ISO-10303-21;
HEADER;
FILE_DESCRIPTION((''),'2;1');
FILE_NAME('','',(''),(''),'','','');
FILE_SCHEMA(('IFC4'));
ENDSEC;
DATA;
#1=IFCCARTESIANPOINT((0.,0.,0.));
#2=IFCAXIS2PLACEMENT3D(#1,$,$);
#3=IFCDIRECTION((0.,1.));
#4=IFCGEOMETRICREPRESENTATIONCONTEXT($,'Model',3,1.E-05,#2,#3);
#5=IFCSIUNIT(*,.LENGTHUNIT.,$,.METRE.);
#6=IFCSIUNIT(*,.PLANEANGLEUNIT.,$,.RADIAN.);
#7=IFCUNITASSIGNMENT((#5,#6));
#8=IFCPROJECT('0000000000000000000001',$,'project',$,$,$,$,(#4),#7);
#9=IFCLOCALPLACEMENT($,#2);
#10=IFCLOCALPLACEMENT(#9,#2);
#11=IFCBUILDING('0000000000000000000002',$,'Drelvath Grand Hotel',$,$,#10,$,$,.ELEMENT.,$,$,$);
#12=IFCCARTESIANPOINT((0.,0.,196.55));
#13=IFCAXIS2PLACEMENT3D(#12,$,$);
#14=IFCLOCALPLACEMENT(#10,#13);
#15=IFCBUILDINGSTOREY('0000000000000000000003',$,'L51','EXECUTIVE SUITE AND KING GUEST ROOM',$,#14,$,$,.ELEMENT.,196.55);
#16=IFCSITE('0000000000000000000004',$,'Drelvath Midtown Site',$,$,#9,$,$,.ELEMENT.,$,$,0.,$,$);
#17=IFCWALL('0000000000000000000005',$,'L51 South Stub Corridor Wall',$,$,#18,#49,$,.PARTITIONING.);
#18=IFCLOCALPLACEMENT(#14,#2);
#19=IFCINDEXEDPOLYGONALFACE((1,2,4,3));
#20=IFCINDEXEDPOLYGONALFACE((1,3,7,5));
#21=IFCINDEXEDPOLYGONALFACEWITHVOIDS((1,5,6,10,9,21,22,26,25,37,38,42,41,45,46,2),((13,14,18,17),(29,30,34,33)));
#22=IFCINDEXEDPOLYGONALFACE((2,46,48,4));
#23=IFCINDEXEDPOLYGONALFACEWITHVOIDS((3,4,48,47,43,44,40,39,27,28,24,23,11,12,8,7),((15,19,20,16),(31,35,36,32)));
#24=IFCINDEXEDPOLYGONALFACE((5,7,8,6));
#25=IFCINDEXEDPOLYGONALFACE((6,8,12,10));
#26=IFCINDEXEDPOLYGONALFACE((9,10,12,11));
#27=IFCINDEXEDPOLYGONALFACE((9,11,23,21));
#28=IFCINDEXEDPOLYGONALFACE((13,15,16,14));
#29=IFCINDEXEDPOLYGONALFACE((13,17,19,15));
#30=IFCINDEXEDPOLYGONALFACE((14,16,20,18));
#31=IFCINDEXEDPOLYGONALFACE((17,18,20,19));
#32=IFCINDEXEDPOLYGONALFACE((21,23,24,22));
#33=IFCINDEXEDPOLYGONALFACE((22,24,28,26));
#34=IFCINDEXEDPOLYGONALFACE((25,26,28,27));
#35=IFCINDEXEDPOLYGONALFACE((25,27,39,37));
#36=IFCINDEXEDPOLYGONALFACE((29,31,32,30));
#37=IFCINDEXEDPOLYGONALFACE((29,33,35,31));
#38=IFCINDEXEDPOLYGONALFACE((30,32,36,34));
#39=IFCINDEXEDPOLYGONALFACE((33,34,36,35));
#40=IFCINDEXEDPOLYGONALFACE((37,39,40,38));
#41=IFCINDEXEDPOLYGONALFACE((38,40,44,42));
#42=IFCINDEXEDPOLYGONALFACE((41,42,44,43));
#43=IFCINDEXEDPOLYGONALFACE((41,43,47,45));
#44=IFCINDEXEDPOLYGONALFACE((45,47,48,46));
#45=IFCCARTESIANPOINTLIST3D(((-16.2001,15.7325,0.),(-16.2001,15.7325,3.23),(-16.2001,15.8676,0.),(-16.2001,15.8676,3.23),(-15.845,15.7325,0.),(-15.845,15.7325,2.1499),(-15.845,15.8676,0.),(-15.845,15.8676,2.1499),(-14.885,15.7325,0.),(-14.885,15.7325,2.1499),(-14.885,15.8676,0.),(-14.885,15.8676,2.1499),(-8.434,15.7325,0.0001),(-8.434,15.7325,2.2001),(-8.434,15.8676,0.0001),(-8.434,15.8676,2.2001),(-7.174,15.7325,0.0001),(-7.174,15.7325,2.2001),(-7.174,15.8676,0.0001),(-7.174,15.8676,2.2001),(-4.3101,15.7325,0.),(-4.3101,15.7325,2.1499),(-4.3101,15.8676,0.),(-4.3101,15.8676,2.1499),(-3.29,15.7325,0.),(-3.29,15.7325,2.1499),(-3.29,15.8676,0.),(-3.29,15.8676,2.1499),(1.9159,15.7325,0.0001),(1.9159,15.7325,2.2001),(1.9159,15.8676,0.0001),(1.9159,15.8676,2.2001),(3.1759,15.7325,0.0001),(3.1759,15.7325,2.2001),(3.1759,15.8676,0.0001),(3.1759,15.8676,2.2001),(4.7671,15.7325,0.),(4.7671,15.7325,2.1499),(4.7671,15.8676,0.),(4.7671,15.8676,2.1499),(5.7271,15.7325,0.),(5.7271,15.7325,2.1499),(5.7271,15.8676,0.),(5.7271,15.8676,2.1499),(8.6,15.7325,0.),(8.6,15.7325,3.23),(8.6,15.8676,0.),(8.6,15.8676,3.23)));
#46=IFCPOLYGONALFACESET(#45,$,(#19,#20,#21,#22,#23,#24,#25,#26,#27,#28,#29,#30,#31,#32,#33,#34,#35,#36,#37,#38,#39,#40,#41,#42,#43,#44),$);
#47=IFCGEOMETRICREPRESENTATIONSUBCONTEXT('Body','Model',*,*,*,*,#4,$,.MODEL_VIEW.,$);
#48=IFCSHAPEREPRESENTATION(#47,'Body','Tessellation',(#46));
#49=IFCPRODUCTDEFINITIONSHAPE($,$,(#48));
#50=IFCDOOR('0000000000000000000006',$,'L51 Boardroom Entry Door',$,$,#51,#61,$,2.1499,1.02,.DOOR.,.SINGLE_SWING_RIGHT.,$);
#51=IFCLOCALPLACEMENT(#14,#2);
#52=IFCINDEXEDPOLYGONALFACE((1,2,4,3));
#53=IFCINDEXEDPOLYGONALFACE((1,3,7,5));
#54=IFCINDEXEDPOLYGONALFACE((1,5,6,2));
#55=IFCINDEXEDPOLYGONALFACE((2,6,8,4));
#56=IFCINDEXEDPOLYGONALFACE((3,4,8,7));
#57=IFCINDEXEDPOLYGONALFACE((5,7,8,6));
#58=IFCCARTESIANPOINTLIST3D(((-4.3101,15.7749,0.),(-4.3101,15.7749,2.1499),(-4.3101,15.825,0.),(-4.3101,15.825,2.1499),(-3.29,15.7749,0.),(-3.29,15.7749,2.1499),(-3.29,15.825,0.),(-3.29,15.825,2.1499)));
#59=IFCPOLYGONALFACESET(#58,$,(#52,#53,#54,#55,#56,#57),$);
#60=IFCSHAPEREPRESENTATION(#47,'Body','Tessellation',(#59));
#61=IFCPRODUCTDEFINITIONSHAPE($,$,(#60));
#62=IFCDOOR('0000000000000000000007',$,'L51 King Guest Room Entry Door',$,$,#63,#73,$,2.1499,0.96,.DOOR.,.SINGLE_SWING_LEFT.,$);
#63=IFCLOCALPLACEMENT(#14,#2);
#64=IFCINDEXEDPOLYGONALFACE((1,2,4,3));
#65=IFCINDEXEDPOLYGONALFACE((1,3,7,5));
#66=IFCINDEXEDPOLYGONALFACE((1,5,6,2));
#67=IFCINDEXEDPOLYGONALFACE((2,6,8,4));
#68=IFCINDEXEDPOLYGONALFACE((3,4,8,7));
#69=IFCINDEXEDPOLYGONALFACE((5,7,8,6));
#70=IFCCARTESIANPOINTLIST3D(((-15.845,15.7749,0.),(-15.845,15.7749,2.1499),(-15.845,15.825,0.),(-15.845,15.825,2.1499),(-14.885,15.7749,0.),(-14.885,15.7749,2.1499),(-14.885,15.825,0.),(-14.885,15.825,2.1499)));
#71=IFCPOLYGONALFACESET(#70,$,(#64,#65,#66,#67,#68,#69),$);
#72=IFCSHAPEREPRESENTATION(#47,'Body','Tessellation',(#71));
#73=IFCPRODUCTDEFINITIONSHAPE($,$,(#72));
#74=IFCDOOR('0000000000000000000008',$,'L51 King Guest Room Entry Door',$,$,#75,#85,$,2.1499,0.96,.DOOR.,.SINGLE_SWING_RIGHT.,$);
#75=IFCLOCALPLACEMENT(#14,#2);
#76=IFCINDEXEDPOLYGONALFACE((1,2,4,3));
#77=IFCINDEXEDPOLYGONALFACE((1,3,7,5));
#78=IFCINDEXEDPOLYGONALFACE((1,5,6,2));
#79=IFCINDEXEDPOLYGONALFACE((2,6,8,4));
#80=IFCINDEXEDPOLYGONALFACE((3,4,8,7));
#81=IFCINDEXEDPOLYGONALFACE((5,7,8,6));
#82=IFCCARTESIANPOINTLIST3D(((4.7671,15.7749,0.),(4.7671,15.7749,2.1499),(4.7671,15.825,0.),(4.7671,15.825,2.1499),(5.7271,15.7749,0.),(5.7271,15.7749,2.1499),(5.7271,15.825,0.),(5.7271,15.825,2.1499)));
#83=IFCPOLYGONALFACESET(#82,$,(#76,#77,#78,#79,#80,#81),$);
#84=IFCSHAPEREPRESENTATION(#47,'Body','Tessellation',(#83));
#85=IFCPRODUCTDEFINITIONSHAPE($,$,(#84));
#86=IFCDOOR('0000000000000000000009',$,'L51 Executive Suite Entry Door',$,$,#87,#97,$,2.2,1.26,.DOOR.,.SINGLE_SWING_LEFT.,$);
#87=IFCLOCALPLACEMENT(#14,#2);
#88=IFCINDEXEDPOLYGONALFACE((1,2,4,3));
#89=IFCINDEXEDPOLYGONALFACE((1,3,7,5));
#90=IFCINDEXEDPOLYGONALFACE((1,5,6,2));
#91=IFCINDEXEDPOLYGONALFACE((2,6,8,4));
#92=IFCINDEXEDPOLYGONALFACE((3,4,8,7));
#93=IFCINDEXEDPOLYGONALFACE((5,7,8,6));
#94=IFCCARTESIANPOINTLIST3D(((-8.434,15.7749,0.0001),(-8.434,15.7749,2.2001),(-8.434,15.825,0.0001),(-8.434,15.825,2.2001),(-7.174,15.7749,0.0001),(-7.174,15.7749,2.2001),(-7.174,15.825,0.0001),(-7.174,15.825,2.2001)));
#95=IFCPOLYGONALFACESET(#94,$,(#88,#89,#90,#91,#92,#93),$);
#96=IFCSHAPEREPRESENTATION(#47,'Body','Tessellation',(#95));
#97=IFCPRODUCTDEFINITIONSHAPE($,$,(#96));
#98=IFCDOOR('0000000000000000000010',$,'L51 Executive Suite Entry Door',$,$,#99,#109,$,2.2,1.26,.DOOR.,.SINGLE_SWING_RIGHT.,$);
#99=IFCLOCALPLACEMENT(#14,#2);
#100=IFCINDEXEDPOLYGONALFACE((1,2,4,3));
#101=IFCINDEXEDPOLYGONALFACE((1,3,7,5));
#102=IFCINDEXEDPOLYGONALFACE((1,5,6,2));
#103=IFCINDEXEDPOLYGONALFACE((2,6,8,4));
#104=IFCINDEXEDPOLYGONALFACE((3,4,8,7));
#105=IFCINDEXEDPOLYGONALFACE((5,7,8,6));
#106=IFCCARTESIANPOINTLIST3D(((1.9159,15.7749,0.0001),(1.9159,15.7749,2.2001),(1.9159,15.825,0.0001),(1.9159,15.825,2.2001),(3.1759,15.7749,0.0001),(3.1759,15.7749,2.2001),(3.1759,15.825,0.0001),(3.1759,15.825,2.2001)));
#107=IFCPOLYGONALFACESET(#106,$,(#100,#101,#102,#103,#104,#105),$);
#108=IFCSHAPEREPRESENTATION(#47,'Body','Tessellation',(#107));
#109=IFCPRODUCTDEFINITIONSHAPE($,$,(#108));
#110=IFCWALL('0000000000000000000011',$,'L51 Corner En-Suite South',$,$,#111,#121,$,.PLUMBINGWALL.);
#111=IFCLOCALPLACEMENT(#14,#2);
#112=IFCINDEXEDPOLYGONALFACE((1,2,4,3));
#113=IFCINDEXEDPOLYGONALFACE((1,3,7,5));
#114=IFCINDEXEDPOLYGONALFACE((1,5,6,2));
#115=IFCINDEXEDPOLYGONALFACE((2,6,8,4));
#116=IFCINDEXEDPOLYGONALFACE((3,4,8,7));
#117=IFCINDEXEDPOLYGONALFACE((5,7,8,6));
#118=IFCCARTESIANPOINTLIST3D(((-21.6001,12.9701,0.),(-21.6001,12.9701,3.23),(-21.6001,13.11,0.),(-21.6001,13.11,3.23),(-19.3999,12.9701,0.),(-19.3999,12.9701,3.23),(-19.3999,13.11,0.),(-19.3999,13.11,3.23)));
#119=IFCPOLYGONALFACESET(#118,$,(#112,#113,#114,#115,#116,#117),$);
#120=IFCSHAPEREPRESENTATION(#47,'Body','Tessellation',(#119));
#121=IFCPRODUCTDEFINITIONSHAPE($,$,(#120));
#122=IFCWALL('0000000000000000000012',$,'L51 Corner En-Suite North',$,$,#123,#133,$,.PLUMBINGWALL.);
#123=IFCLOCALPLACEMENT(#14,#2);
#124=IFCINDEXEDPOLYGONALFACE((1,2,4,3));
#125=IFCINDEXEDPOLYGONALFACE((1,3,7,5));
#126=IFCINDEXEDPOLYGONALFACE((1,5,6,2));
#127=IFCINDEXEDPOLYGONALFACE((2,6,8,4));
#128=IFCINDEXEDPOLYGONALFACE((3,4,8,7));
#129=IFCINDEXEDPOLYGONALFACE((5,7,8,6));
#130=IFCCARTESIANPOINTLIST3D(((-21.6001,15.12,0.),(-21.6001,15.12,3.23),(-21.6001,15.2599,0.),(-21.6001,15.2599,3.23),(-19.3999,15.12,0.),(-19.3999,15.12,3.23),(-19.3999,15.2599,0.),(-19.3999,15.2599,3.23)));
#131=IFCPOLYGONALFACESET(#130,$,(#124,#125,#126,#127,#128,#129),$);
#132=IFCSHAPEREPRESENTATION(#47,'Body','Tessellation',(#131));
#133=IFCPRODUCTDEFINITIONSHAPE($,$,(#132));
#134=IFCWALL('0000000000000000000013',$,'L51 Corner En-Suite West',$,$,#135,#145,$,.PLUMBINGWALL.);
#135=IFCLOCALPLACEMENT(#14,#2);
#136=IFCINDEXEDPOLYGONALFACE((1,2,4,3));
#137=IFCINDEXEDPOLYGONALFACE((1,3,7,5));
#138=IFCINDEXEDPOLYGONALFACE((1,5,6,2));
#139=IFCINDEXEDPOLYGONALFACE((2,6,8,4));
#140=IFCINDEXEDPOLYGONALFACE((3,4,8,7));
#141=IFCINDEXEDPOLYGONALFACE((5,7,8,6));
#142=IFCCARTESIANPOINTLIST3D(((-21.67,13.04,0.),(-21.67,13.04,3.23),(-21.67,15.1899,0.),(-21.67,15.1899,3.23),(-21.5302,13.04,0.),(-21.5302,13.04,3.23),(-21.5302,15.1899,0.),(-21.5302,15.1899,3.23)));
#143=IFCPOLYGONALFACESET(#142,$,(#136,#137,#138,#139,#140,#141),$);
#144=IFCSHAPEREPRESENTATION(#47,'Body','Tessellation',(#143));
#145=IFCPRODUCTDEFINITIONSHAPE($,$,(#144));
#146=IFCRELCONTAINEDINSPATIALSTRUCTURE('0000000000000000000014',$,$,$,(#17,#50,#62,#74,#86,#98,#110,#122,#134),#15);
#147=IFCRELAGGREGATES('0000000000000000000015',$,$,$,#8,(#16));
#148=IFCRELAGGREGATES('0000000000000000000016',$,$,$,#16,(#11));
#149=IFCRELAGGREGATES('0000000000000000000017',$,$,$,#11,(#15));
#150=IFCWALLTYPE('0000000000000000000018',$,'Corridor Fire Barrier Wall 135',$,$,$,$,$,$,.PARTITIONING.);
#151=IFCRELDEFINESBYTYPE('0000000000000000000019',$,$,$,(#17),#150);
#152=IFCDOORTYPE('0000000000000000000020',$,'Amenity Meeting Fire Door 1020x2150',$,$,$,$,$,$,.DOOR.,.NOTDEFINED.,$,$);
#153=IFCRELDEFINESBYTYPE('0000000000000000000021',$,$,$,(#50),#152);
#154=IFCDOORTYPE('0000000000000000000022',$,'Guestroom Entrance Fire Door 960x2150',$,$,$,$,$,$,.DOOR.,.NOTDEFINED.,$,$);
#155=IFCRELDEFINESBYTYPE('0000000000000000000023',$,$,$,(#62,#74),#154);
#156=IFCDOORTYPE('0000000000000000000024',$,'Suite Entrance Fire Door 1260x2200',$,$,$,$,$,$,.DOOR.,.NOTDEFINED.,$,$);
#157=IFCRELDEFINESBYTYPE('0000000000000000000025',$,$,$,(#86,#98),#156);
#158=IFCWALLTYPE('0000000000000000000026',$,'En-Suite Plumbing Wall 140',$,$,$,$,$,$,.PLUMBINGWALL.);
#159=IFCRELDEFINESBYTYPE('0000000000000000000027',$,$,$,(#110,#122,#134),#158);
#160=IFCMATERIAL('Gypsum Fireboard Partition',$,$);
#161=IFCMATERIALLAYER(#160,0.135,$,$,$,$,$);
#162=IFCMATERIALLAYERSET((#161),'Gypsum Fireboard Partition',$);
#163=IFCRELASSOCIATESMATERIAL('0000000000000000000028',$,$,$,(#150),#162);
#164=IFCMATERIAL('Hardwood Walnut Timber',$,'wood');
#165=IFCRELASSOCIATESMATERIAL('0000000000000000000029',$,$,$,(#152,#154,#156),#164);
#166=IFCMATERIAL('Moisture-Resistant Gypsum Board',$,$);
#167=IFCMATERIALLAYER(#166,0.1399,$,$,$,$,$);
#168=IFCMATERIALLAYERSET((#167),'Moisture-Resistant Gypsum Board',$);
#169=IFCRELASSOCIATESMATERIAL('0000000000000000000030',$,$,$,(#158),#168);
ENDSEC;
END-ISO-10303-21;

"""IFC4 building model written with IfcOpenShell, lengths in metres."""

from ifc_helpers import new_model, si_unit, direction, frame, frame_2d, origin, place, context, subcontext, project, spatial, rectangle, extrude, material, layer, layer_set, type_object, element, fill, save


model = new_model("IFC4")

# Units and contexts
model_context = context("Model", 3, precision=1e-05, world=origin(), true_north=direction((0.0, 1.0)))
body_context = subcontext(model_context, "Body", "Model", "MODEL_VIEW")
ifc_project = project(units=[si_unit("LENGTHUNIT", "METRE"), si_unit("PLANEANGLEUNIT", "RADIAN")], contexts=[model_context])

# Site, building, storey
site_placement = place(None, origin())
site = spatial("IfcSite", under=ifc_project, at=site_placement, Name="Drelvath Midtown Site", CompositionType="ELEMENT", RefElevation=0.0)
building_placement = place(site_placement, origin())
building = spatial("IfcBuilding", under=site, at=building_placement, Name="Drelvath Grand Hotel", CompositionType="ELEMENT")
storey_placement = place(building_placement, frame((0.0, 0.0, 196.55)))
storey = spatial("IfcBuildingStorey", under=building, at=storey_placement, Name="L51", Description="EXECUTIVE SUITE AND KING GUEST ROOM", CompositionType="ELEMENT", Elevation=196.55)

# Wall, openings, doors
ifc_material_1 = material(Name="Gypsum Fireboard Partition")
ifc_layer_1 = layer(ifc_material_1, 0.135)
ifc_layer_set_1 = layer_set([ifc_layer_1], Name="Gypsum Fireboard Partition")
wall_type_1 = type_object("IfcWallType", Name="Corridor Fire Barrier Wall 135", PredefinedType="PARTITIONING", material=ifc_layer_set_1)
wall_1_placement = place(storey_placement, frame((-16.2, 15.8, 0.0), z_axis=(0.0, 0.0, 1.0), x_axis=(1.0, 0.0, 0.0)))
wall_1 = element("IfcWall", 1, at=wall_1_placement, inside=storey, type_object=wall_type_1, Name="L51 South Stub Corridor Wall", PredefinedType="PARTITIONING", context=body_context, shape_type="SweptSolid", body=[
    extrude(rectangle(XDim=24.8, YDim=0.135, at=frame_2d((12.3999, 0.0))), origin(), (0.0, 0.0, 1.0), 3.23),
])
opening_1_placement = place(wall_1_placement, frame((0.355, 0.0, 0.0)))
opening_1 = element("IfcOpeningElement", 2, at=opening_1_placement, cuts=wall_1, PredefinedType="OPENING", context=body_context, shape_type="SweptSolid", body=[
    extrude(rectangle(XDim=0.96, YDim=2.1499, at=frame_2d((0.48, 1.075))), frame((0.0, 0.0774, 0.0), z_axis=(0.0, -1.0, 0.0), x_axis=(1.0, 0.0, 0.0)), (0.0, 0.0, 1.0), 0.155),
])
opening_2_placement = place(wall_1_placement, frame((7.7661, 0.0, 0.0)))
opening_2 = element("IfcOpeningElement", 3, at=opening_2_placement, cuts=wall_1, PredefinedType="OPENING", context=body_context, shape_type="SweptSolid", body=[
    extrude(rectangle(XDim=1.26, YDim=2.2, at=frame_2d((0.6299, 1.1001))), frame((0.0, 0.0774, 0.0), z_axis=(0.0, -1.0, 0.0), x_axis=(1.0, 0.0, 0.0)), (0.0, 0.0, 1.0), 0.155),
])
opening_3_placement = place(wall_1_placement, frame((11.8899, 0.0, 0.0)))
opening_3 = element("IfcOpeningElement", 4, at=opening_3_placement, cuts=wall_1, PredefinedType="OPENING", context=body_context, shape_type="SweptSolid", body=[
    extrude(rectangle(XDim=1.02, YDim=2.1499, at=frame_2d((0.51, 1.075))), frame((0.0, 0.0774, 0.0), z_axis=(0.0, -1.0, 0.0), x_axis=(1.0, 0.0, 0.0)), (0.0, 0.0, 1.0), 0.155),
])
opening_4_placement = place(wall_1_placement, frame((18.116, 0.0, 0.0)))
opening_4 = element("IfcOpeningElement", 5, at=opening_4_placement, cuts=wall_1, PredefinedType="OPENING", context=body_context, shape_type="SweptSolid", body=[
    extrude(rectangle(XDim=1.26, YDim=2.2, at=frame_2d((0.6299, 1.1001))), frame((0.0, 0.0774, 0.0), z_axis=(0.0, -1.0, 0.0), x_axis=(1.0, 0.0, 0.0)), (0.0, 0.0, 1.0), 0.155),
])
opening_5_placement = place(wall_1_placement, frame((20.967, 0.0, 0.0)))
opening_5 = element("IfcOpeningElement", 6, at=opening_5_placement, cuts=wall_1, PredefinedType="OPENING", context=body_context, shape_type="SweptSolid", body=[
    extrude(rectangle(XDim=0.96, YDim=2.1499, at=frame_2d((0.48, 1.075))), frame((0.0, 0.0774, 0.0), z_axis=(0.0, -1.0, 0.0), x_axis=(1.0, 0.0, 0.0)), (0.0, 0.0, 1.0), 0.155),
])
ifc_material_2 = material(Name="Hardwood Walnut Timber", Category="wood")
door_type_1 = type_object("IfcDoorType", Name="Amenity Meeting Fire Door 1020x2150", OperationType="NOTDEFINED", PredefinedType="DOOR", material=ifc_material_2)
door_1_placement = place(opening_3_placement, origin())
door_1 = element("IfcDoor", 7, at=door_1_placement, inside=storey, type_object=door_type_1, Name="L51 Boardroom Entry Door", OperationType="SINGLE_SWING_RIGHT", OverallHeight=2.1499, OverallWidth=1.02, PredefinedType="DOOR", context=body_context, shape_type="SweptSolid", body=[
    extrude(rectangle(XDim=1.02, YDim=2.1499, at=frame_2d((0.51, 1.075))), frame((0.0, 0.0249, 0.0), z_axis=(0.0, -1.0, 0.0), x_axis=(1.0, 0.0, 0.0)), (0.0, 0.0, 1.0), 0.05),
])
fill(opening_3, door_1)
door_type_2 = type_object("IfcDoorType", Name="Guestroom Entrance Fire Door 960x2150", OperationType="NOTDEFINED", PredefinedType="DOOR", material=ifc_material_2)
door_2_placement = place(opening_1_placement, origin())
door_2 = element("IfcDoor", 8, at=door_2_placement, inside=storey, type_object=door_type_2, Name="L51 King Guest Room Entry Door", OperationType="SINGLE_SWING_LEFT", OverallHeight=2.1499, OverallWidth=0.96, PredefinedType="DOOR", context=body_context, shape_type="SweptSolid", body=[
    extrude(rectangle(XDim=0.96, YDim=2.1499, at=frame_2d((0.48, 1.075))), frame((0.0, 0.0249, 0.0), z_axis=(0.0, -1.0, 0.0), x_axis=(1.0, 0.0, 0.0)), (0.0, 0.0, 1.0), 0.05),
])
fill(opening_1, door_2)
door_3_placement = place(opening_5_placement, origin())
door_3 = element("IfcDoor", 9, at=door_3_placement, inside=storey, type_object=door_type_2, Name="L51 King Guest Room Entry Door", OperationType="SINGLE_SWING_RIGHT", OverallHeight=2.1499, OverallWidth=0.96, PredefinedType="DOOR", context=body_context, shape_type="SweptSolid", body=[
    extrude(rectangle(XDim=0.96, YDim=2.1499, at=frame_2d((0.48, 1.075))), frame((0.0, 0.0249, 0.0), z_axis=(0.0, -1.0, 0.0), x_axis=(1.0, 0.0, 0.0)), (0.0, 0.0, 1.0), 0.05),
])
fill(opening_5, door_3)
door_type_3 = type_object("IfcDoorType", Name="Suite Entrance Fire Door 1260x2200", OperationType="NOTDEFINED", PredefinedType="DOOR", material=ifc_material_2)
door_4_placement = place(opening_2_placement, origin())
door_4 = element("IfcDoor", 10, at=door_4_placement, inside=storey, type_object=door_type_3, Name="L51 Executive Suite Entry Door", OperationType="SINGLE_SWING_LEFT", OverallHeight=2.2, OverallWidth=1.26, PredefinedType="DOOR", context=body_context, shape_type="SweptSolid", body=[
    extrude(rectangle(XDim=1.26, YDim=2.2, at=frame_2d((0.6299, 1.1001))), frame((0.0, 0.0249, 0.0), z_axis=(0.0, -1.0, 0.0), x_axis=(1.0, 0.0, 0.0)), (0.0, 0.0, 1.0), 0.05),
])
fill(opening_2, door_4)
door_5_placement = place(opening_4_placement, origin())
door_5 = element("IfcDoor", 11, at=door_5_placement, inside=storey, type_object=door_type_3, Name="L51 Executive Suite Entry Door", OperationType="SINGLE_SWING_RIGHT", OverallHeight=2.2, OverallWidth=1.26, PredefinedType="DOOR", context=body_context, shape_type="SweptSolid", body=[
    extrude(rectangle(XDim=1.26, YDim=2.2, at=frame_2d((0.6299, 1.1001))), frame((0.0, 0.0249, 0.0), z_axis=(0.0, -1.0, 0.0), x_axis=(1.0, 0.0, 0.0)), (0.0, 0.0, 1.0), 0.05),
])
fill(opening_4, door_5)

# Walls
ifc_material_3 = material(Name="Moisture-Resistant Gypsum Board")
ifc_layer_2 = layer(ifc_material_3, 0.1399)
ifc_layer_set_2 = layer_set([ifc_layer_2], Name="Moisture-Resistant Gypsum Board")
wall_type_2 = type_object("IfcWallType", Name="En-Suite Plumbing Wall 140", PredefinedType="PLUMBINGWALL", material=ifc_layer_set_2)
for number, where, z_axis, x_axis, name in (
    (12, (-21.6001, 13.04, 0.0), (0.0, 0.0, 1.0), (1.0, 0.0, 0.0), "L51 Corner En-Suite South"),
    (13, (-21.6001, 15.1899, 0.0), (0.0, 0.0, 1.0), (1.0, 0.0, 0.0), "L51 Corner En-Suite North"),
):
    element("IfcWall", number, at=place(storey_placement, frame(where, z_axis=z_axis, x_axis=x_axis)), inside=storey, type_object=wall_type_2, Name=name, PredefinedType="PLUMBINGWALL", context=body_context, shape_type="SweptSolid", body=[
        extrude(rectangle(XDim=2.2002, YDim=0.1399, at=frame_2d((1.1001, 0.0))), origin(), (0.0, 0.0, 1.0), 3.23),
    ])
wall_2_placement = place(storey_placement, frame((-21.6001, 13.04, 0.0), z_axis=(0.0, 0.0, 1.0), x_axis=(0.0, 1.0, 0.0)))
element("IfcWall", 14, at=wall_2_placement, inside=storey, type_object=wall_type_2, Name="L51 Corner En-Suite West", PredefinedType="PLUMBINGWALL", context=body_context, shape_type="SweptSolid", body=[
    extrude(rectangle(XDim=2.1499, YDim=0.1399, at=frame_2d((1.075, 0.0))), origin(), (0.0, 0.0, 1.0), 3.23),
])

save(model, "model.ifc")
